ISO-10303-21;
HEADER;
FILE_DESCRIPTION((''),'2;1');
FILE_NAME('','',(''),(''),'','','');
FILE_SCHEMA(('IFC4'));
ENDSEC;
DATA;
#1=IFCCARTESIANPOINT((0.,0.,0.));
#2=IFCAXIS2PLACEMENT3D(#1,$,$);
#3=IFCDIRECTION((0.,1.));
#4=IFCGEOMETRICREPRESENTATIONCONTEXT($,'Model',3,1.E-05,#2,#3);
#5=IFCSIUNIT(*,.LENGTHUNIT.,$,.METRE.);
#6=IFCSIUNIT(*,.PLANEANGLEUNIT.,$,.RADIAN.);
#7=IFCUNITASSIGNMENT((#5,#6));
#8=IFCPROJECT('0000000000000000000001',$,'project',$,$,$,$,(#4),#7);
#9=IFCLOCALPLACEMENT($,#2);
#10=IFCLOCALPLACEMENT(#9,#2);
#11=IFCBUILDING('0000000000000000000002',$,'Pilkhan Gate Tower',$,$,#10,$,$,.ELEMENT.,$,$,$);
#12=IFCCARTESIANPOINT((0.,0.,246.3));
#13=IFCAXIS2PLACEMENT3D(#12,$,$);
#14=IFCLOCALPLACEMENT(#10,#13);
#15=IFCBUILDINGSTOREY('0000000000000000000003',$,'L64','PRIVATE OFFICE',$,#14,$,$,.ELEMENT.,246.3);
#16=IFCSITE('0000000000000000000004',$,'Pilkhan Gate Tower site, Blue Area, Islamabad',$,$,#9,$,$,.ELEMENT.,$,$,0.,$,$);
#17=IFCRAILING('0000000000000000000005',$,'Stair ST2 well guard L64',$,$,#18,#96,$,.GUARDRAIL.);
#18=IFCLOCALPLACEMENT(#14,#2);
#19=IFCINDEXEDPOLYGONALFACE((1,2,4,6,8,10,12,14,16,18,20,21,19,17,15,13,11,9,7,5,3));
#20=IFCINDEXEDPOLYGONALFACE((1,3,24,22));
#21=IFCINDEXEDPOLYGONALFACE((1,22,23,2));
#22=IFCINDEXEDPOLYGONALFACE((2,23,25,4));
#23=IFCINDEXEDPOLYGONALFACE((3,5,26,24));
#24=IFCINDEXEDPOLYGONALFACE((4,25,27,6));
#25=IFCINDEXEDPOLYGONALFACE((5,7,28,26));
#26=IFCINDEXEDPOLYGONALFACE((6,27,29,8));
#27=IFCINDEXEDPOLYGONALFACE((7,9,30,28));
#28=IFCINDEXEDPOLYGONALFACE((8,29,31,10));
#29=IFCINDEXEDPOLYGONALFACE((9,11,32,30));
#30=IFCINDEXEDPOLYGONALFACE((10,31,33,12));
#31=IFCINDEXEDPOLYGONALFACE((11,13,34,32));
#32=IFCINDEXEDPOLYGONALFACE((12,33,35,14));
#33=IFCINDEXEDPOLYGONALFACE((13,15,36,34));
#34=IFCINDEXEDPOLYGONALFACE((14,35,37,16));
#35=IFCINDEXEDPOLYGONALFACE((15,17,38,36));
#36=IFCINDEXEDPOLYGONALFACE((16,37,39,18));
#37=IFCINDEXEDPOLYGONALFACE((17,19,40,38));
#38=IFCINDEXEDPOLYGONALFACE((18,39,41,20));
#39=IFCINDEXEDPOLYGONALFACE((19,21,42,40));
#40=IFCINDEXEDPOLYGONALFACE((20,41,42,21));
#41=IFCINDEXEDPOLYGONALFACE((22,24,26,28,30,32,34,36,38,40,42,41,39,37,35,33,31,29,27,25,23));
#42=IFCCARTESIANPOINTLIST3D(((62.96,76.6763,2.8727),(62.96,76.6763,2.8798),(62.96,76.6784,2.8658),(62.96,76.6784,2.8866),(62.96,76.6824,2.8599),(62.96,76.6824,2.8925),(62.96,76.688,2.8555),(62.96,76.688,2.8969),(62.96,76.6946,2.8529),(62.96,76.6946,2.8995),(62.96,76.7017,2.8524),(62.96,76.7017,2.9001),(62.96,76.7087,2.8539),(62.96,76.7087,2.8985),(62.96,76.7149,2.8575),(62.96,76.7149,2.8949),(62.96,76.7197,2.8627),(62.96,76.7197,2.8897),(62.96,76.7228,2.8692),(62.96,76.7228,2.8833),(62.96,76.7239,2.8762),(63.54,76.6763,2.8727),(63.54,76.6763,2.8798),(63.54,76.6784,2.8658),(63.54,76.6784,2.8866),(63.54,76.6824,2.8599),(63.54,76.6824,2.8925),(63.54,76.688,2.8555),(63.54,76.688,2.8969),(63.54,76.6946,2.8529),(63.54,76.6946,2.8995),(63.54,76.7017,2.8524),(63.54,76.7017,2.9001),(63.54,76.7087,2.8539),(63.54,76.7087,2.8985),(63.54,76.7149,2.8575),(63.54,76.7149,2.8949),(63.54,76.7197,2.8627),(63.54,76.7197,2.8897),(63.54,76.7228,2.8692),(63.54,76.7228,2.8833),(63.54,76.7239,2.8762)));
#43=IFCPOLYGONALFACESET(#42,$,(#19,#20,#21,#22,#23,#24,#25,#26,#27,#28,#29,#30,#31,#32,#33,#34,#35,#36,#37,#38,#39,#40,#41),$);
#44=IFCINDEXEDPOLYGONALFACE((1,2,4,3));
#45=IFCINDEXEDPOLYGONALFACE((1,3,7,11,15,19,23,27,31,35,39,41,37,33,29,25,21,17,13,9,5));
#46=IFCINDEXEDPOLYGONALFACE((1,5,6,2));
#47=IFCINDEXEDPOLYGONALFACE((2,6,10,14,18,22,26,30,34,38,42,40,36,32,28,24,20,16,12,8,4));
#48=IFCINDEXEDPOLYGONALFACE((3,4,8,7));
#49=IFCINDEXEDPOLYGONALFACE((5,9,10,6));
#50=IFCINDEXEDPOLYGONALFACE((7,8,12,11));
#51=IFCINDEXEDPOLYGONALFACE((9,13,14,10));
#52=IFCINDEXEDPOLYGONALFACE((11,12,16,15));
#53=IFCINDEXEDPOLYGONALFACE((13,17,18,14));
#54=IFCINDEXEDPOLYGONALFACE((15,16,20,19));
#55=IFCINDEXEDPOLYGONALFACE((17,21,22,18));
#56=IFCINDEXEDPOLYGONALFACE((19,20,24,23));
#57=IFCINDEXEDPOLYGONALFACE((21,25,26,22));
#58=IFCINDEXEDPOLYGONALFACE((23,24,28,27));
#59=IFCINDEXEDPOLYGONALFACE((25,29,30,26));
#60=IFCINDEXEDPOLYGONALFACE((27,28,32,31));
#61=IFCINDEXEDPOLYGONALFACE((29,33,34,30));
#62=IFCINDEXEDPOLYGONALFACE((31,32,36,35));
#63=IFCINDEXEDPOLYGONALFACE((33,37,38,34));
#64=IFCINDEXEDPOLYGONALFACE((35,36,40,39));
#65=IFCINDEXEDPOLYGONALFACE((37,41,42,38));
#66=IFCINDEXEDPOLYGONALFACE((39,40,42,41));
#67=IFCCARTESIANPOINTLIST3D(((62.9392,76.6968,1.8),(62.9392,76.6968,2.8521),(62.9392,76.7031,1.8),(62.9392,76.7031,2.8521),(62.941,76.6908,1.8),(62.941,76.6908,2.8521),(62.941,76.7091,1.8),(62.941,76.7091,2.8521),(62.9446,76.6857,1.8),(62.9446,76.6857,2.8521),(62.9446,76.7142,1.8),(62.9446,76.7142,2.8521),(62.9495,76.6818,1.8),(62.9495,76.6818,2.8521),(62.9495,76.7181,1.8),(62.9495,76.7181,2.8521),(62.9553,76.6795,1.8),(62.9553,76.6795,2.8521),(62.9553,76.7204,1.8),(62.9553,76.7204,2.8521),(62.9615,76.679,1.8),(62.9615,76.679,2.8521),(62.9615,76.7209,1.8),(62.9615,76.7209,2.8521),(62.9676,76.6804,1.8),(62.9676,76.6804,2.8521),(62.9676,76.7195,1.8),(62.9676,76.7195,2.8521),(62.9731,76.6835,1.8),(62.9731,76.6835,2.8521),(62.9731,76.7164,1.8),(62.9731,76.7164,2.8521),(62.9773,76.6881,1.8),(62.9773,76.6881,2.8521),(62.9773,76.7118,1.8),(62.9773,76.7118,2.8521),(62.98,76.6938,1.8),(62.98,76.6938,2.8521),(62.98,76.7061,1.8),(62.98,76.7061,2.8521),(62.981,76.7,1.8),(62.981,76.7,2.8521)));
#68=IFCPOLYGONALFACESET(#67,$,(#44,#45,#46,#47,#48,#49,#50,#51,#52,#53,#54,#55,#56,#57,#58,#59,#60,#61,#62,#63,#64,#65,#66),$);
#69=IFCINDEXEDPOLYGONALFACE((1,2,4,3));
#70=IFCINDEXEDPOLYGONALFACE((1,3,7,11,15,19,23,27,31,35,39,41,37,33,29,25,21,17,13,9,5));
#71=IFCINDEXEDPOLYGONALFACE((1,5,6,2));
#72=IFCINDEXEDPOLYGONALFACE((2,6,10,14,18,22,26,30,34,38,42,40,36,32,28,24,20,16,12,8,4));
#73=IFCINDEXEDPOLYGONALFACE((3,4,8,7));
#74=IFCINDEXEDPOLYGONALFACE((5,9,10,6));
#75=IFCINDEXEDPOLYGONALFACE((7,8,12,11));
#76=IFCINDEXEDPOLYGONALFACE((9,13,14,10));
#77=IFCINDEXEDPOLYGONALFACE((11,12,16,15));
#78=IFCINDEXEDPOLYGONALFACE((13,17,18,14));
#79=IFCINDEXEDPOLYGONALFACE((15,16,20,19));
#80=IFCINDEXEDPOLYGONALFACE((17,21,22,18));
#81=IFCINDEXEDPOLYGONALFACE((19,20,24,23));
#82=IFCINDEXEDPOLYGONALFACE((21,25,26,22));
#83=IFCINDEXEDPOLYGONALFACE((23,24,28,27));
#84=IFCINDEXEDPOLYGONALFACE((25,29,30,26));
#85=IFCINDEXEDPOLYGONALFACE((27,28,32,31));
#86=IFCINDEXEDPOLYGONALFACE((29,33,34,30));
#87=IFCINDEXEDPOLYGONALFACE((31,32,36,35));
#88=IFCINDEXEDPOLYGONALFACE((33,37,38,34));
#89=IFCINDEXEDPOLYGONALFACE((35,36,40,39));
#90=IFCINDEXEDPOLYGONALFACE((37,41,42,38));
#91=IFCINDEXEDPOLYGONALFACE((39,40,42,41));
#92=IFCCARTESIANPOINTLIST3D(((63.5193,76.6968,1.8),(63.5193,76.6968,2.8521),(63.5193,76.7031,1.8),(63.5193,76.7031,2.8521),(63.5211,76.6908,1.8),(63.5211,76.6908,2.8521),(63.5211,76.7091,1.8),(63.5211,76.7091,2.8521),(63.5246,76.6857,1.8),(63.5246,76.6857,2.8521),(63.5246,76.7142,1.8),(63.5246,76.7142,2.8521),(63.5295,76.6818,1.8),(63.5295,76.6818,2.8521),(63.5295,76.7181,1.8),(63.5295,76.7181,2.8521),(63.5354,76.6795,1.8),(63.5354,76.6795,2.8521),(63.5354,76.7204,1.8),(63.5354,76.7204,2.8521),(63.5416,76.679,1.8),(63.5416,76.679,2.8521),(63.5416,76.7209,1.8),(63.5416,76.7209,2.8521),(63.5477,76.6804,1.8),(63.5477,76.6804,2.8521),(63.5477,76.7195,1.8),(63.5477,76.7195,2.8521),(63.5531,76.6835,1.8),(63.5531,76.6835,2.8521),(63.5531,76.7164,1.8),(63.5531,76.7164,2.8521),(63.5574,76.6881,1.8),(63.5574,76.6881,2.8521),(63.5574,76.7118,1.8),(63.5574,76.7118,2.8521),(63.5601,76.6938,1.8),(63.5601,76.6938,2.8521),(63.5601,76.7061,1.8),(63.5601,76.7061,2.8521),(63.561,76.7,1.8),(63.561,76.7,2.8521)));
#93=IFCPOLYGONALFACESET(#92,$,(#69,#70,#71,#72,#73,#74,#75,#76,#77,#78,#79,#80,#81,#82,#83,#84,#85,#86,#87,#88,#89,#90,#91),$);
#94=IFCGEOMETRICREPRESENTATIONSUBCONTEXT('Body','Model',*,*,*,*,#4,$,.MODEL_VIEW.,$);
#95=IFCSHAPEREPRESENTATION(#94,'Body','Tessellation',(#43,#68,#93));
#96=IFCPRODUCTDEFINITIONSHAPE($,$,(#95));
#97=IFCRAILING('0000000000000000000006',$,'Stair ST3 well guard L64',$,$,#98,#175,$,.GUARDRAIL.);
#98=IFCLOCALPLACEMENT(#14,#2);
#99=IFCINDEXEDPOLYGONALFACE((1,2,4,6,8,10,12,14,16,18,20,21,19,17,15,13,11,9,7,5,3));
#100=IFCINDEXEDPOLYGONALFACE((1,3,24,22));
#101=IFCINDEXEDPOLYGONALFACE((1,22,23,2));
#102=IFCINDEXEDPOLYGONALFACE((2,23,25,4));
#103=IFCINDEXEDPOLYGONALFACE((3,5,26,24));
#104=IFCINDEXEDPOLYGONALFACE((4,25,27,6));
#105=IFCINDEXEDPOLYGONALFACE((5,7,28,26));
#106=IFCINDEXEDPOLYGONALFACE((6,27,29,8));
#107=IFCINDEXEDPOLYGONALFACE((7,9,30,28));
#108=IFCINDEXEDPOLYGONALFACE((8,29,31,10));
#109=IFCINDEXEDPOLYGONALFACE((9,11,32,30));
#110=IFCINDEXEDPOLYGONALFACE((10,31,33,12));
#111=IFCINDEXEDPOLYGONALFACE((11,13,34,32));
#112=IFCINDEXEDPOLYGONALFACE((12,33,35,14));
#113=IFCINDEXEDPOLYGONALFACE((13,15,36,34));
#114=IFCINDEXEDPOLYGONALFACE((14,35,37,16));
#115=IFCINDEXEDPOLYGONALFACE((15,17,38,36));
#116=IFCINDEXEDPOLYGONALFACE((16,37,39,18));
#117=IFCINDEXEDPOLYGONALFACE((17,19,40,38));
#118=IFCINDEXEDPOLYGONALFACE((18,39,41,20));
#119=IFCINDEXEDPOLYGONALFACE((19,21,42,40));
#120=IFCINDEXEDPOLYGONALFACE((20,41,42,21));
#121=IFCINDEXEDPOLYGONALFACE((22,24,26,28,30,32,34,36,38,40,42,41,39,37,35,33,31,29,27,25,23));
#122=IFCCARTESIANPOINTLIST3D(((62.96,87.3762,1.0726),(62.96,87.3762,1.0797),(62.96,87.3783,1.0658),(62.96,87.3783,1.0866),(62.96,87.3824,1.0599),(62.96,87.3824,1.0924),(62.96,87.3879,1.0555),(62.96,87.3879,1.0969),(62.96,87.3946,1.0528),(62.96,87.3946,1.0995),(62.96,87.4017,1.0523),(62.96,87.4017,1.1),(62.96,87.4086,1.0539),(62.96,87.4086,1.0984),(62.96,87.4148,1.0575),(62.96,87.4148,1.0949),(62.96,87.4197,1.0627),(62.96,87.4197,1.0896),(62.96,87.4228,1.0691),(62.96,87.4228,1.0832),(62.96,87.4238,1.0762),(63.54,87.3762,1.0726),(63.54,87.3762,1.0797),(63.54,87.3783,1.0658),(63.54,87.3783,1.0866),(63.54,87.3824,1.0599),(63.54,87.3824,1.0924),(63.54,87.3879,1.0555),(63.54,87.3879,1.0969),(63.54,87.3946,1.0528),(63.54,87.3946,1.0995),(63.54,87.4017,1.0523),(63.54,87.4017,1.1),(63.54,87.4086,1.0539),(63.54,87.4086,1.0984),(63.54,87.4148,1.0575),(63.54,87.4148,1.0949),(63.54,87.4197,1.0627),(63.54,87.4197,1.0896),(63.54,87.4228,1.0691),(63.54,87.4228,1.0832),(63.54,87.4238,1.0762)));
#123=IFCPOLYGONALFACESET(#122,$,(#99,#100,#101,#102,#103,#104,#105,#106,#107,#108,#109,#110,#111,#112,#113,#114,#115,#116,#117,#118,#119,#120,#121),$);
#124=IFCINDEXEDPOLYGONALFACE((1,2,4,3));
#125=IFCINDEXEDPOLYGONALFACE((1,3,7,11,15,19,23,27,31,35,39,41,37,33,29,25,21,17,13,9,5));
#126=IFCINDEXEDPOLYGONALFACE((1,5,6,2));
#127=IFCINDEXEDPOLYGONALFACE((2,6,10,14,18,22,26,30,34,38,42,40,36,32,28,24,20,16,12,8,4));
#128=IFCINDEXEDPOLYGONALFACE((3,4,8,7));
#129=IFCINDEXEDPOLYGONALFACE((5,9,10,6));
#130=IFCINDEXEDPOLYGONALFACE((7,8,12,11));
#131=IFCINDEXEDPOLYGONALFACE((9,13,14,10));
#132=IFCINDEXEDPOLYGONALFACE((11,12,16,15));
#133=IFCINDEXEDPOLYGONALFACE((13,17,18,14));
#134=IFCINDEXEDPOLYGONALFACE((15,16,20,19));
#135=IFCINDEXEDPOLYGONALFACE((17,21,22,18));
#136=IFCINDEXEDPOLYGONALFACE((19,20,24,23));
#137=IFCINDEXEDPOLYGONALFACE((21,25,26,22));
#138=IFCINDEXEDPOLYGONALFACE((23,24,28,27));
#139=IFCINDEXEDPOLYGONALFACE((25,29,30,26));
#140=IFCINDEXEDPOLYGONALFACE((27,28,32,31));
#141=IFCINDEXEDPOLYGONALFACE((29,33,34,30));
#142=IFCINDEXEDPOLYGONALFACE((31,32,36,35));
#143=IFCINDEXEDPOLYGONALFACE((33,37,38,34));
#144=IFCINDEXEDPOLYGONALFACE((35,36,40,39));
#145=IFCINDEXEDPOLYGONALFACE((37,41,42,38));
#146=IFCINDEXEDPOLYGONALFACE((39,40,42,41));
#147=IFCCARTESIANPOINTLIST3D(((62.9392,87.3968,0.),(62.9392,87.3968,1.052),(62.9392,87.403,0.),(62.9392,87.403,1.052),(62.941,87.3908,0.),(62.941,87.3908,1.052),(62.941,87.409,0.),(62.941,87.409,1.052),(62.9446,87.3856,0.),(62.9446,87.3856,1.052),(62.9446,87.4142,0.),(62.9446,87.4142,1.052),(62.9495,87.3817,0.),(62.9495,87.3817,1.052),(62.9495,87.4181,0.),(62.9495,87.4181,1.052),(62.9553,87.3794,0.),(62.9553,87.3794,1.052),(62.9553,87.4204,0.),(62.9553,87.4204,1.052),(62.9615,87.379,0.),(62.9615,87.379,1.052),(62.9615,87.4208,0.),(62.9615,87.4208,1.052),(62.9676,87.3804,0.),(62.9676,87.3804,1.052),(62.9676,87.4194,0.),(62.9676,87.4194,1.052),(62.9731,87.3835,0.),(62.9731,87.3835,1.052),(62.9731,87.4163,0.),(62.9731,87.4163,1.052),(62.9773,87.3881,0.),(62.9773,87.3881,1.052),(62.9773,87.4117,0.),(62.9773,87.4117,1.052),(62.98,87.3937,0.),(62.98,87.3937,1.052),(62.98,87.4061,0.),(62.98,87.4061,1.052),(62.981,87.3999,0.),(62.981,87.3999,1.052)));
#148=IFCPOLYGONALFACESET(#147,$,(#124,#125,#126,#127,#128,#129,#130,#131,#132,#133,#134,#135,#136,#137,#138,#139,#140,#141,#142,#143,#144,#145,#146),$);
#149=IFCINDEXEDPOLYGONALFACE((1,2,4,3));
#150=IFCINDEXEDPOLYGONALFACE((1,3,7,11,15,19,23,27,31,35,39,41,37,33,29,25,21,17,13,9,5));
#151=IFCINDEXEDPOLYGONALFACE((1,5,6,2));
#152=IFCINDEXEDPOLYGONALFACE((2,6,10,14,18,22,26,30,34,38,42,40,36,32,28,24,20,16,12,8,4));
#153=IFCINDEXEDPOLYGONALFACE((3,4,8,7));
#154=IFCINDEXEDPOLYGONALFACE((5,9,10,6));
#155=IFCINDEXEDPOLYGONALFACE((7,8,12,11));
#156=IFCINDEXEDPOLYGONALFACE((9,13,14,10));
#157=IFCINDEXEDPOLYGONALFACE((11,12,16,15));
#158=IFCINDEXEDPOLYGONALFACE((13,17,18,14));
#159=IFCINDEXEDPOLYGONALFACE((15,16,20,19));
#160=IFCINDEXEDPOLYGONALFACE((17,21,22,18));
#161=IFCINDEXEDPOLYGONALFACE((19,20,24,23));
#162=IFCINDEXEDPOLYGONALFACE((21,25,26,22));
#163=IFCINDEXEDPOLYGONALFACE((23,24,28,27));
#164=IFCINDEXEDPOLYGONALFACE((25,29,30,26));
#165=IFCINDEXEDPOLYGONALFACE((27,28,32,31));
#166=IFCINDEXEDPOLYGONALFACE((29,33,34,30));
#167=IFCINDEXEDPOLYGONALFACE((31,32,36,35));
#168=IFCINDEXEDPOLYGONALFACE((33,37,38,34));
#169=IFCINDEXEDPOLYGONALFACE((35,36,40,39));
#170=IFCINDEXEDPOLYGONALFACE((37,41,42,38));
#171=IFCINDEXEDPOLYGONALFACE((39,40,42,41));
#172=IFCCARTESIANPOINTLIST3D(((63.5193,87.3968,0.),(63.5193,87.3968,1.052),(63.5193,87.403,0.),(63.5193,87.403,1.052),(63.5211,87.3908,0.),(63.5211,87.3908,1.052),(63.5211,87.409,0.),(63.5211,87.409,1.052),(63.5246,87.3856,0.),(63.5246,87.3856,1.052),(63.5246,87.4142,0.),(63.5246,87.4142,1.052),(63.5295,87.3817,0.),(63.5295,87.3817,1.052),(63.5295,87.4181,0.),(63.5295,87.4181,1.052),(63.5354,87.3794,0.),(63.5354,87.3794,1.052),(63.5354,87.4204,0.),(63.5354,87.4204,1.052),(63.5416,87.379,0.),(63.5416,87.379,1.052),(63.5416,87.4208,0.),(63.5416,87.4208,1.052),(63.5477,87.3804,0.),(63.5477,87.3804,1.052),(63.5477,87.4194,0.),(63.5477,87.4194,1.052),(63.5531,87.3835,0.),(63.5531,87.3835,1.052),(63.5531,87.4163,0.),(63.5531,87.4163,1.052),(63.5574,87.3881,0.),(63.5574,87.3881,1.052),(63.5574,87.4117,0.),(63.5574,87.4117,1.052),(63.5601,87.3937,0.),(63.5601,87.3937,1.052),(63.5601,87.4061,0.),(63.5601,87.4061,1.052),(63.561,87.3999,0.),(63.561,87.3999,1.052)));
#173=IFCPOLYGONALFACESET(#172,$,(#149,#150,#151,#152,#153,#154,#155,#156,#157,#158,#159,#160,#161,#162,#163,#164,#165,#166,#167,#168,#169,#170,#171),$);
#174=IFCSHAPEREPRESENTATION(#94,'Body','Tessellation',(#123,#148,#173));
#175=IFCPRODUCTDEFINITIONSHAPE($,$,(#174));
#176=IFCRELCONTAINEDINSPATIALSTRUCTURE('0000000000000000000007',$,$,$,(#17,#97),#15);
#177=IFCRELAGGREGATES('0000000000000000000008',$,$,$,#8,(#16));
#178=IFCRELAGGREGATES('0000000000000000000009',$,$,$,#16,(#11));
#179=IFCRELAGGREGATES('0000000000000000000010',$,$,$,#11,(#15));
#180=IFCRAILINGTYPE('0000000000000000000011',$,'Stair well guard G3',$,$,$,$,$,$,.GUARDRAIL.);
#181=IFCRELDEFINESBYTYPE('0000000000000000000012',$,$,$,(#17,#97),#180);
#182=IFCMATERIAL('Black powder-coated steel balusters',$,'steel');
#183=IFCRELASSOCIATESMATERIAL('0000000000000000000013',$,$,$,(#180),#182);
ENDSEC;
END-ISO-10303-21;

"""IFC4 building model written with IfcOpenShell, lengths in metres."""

from ifc_helpers import new_model, si_unit, direction, frame, origin, origin_2d, place, context, subcontext, project, spatial, circle, extrude, material, type_object, element, save


model = new_model("IFC4")

# Units and contexts
model_context = context("Model", 3, precision=1e-05, world=origin(), true_north=direction((0.0, 1.0)))
body_context = subcontext(model_context, "Body", "Model", "MODEL_VIEW")
ifc_project = project(units=[si_unit("LENGTHUNIT", "METRE"), si_unit("PLANEANGLEUNIT", "RADIAN")], contexts=[model_context])

# Site, building, storey
site_placement = place(None, origin())
site = spatial("IfcSite", under=ifc_project, at=site_placement, Name="Pilkhan Gate Tower site, Blue Area, Islamabad", CompositionType="ELEMENT", RefElevation=0.0)
building_placement = place(site_placement, origin())
building = spatial("IfcBuilding", under=site, at=building_placement, Name="Pilkhan Gate Tower", CompositionType="ELEMENT")
storey_placement = place(building_placement, frame((0.0, 0.0, 246.3)))
storey = spatial("IfcBuildingStorey", under=building, at=storey_placement, Name="L64", Description="PRIVATE OFFICE", CompositionType="ELEMENT", Elevation=246.3)

# Railings
ifc_material_1 = material(Name="Black powder-coated steel balusters", Category="steel")
railing_type_1 = type_object("IfcRailingType", Name="Stair well guard G3", PredefinedType="GUARDRAIL", material=ifc_material_1)
for number, where, name in (
    (1, (62.96, 76.7, 1.8), "Stair ST2 well guard L64"),
    (2, (62.96, 87.3999, 0.0), "Stair ST3 well guard L64"),
):
    element("IfcRailing", number, at=place(storey_placement, frame(where)), inside=storey, type_object=railing_type_1, Name=name, PredefinedType="GUARDRAIL", context=body_context, shape_type="SweptSolid", body=[
        extrude(circle(Radius=0.0239, at=origin_2d()), frame((0.0, 0.0, 1.0762), z_axis=(1.0, 0.0, 0.0), x_axis=(0.0, 1.0, 0.0)), (0.0, 0.0, 1.0), 0.5801),
        extrude(circle(Radius=0.021, at=origin_2d()), origin(), (0.0, 0.0, 1.0), 1.052),
        extrude(circle(Radius=0.021, at=origin_2d()), frame((0.5801, 0.0, 0.0)), (0.0, 0.0, 1.0), 1.052),
    ])

save(model, "model.ifc")
